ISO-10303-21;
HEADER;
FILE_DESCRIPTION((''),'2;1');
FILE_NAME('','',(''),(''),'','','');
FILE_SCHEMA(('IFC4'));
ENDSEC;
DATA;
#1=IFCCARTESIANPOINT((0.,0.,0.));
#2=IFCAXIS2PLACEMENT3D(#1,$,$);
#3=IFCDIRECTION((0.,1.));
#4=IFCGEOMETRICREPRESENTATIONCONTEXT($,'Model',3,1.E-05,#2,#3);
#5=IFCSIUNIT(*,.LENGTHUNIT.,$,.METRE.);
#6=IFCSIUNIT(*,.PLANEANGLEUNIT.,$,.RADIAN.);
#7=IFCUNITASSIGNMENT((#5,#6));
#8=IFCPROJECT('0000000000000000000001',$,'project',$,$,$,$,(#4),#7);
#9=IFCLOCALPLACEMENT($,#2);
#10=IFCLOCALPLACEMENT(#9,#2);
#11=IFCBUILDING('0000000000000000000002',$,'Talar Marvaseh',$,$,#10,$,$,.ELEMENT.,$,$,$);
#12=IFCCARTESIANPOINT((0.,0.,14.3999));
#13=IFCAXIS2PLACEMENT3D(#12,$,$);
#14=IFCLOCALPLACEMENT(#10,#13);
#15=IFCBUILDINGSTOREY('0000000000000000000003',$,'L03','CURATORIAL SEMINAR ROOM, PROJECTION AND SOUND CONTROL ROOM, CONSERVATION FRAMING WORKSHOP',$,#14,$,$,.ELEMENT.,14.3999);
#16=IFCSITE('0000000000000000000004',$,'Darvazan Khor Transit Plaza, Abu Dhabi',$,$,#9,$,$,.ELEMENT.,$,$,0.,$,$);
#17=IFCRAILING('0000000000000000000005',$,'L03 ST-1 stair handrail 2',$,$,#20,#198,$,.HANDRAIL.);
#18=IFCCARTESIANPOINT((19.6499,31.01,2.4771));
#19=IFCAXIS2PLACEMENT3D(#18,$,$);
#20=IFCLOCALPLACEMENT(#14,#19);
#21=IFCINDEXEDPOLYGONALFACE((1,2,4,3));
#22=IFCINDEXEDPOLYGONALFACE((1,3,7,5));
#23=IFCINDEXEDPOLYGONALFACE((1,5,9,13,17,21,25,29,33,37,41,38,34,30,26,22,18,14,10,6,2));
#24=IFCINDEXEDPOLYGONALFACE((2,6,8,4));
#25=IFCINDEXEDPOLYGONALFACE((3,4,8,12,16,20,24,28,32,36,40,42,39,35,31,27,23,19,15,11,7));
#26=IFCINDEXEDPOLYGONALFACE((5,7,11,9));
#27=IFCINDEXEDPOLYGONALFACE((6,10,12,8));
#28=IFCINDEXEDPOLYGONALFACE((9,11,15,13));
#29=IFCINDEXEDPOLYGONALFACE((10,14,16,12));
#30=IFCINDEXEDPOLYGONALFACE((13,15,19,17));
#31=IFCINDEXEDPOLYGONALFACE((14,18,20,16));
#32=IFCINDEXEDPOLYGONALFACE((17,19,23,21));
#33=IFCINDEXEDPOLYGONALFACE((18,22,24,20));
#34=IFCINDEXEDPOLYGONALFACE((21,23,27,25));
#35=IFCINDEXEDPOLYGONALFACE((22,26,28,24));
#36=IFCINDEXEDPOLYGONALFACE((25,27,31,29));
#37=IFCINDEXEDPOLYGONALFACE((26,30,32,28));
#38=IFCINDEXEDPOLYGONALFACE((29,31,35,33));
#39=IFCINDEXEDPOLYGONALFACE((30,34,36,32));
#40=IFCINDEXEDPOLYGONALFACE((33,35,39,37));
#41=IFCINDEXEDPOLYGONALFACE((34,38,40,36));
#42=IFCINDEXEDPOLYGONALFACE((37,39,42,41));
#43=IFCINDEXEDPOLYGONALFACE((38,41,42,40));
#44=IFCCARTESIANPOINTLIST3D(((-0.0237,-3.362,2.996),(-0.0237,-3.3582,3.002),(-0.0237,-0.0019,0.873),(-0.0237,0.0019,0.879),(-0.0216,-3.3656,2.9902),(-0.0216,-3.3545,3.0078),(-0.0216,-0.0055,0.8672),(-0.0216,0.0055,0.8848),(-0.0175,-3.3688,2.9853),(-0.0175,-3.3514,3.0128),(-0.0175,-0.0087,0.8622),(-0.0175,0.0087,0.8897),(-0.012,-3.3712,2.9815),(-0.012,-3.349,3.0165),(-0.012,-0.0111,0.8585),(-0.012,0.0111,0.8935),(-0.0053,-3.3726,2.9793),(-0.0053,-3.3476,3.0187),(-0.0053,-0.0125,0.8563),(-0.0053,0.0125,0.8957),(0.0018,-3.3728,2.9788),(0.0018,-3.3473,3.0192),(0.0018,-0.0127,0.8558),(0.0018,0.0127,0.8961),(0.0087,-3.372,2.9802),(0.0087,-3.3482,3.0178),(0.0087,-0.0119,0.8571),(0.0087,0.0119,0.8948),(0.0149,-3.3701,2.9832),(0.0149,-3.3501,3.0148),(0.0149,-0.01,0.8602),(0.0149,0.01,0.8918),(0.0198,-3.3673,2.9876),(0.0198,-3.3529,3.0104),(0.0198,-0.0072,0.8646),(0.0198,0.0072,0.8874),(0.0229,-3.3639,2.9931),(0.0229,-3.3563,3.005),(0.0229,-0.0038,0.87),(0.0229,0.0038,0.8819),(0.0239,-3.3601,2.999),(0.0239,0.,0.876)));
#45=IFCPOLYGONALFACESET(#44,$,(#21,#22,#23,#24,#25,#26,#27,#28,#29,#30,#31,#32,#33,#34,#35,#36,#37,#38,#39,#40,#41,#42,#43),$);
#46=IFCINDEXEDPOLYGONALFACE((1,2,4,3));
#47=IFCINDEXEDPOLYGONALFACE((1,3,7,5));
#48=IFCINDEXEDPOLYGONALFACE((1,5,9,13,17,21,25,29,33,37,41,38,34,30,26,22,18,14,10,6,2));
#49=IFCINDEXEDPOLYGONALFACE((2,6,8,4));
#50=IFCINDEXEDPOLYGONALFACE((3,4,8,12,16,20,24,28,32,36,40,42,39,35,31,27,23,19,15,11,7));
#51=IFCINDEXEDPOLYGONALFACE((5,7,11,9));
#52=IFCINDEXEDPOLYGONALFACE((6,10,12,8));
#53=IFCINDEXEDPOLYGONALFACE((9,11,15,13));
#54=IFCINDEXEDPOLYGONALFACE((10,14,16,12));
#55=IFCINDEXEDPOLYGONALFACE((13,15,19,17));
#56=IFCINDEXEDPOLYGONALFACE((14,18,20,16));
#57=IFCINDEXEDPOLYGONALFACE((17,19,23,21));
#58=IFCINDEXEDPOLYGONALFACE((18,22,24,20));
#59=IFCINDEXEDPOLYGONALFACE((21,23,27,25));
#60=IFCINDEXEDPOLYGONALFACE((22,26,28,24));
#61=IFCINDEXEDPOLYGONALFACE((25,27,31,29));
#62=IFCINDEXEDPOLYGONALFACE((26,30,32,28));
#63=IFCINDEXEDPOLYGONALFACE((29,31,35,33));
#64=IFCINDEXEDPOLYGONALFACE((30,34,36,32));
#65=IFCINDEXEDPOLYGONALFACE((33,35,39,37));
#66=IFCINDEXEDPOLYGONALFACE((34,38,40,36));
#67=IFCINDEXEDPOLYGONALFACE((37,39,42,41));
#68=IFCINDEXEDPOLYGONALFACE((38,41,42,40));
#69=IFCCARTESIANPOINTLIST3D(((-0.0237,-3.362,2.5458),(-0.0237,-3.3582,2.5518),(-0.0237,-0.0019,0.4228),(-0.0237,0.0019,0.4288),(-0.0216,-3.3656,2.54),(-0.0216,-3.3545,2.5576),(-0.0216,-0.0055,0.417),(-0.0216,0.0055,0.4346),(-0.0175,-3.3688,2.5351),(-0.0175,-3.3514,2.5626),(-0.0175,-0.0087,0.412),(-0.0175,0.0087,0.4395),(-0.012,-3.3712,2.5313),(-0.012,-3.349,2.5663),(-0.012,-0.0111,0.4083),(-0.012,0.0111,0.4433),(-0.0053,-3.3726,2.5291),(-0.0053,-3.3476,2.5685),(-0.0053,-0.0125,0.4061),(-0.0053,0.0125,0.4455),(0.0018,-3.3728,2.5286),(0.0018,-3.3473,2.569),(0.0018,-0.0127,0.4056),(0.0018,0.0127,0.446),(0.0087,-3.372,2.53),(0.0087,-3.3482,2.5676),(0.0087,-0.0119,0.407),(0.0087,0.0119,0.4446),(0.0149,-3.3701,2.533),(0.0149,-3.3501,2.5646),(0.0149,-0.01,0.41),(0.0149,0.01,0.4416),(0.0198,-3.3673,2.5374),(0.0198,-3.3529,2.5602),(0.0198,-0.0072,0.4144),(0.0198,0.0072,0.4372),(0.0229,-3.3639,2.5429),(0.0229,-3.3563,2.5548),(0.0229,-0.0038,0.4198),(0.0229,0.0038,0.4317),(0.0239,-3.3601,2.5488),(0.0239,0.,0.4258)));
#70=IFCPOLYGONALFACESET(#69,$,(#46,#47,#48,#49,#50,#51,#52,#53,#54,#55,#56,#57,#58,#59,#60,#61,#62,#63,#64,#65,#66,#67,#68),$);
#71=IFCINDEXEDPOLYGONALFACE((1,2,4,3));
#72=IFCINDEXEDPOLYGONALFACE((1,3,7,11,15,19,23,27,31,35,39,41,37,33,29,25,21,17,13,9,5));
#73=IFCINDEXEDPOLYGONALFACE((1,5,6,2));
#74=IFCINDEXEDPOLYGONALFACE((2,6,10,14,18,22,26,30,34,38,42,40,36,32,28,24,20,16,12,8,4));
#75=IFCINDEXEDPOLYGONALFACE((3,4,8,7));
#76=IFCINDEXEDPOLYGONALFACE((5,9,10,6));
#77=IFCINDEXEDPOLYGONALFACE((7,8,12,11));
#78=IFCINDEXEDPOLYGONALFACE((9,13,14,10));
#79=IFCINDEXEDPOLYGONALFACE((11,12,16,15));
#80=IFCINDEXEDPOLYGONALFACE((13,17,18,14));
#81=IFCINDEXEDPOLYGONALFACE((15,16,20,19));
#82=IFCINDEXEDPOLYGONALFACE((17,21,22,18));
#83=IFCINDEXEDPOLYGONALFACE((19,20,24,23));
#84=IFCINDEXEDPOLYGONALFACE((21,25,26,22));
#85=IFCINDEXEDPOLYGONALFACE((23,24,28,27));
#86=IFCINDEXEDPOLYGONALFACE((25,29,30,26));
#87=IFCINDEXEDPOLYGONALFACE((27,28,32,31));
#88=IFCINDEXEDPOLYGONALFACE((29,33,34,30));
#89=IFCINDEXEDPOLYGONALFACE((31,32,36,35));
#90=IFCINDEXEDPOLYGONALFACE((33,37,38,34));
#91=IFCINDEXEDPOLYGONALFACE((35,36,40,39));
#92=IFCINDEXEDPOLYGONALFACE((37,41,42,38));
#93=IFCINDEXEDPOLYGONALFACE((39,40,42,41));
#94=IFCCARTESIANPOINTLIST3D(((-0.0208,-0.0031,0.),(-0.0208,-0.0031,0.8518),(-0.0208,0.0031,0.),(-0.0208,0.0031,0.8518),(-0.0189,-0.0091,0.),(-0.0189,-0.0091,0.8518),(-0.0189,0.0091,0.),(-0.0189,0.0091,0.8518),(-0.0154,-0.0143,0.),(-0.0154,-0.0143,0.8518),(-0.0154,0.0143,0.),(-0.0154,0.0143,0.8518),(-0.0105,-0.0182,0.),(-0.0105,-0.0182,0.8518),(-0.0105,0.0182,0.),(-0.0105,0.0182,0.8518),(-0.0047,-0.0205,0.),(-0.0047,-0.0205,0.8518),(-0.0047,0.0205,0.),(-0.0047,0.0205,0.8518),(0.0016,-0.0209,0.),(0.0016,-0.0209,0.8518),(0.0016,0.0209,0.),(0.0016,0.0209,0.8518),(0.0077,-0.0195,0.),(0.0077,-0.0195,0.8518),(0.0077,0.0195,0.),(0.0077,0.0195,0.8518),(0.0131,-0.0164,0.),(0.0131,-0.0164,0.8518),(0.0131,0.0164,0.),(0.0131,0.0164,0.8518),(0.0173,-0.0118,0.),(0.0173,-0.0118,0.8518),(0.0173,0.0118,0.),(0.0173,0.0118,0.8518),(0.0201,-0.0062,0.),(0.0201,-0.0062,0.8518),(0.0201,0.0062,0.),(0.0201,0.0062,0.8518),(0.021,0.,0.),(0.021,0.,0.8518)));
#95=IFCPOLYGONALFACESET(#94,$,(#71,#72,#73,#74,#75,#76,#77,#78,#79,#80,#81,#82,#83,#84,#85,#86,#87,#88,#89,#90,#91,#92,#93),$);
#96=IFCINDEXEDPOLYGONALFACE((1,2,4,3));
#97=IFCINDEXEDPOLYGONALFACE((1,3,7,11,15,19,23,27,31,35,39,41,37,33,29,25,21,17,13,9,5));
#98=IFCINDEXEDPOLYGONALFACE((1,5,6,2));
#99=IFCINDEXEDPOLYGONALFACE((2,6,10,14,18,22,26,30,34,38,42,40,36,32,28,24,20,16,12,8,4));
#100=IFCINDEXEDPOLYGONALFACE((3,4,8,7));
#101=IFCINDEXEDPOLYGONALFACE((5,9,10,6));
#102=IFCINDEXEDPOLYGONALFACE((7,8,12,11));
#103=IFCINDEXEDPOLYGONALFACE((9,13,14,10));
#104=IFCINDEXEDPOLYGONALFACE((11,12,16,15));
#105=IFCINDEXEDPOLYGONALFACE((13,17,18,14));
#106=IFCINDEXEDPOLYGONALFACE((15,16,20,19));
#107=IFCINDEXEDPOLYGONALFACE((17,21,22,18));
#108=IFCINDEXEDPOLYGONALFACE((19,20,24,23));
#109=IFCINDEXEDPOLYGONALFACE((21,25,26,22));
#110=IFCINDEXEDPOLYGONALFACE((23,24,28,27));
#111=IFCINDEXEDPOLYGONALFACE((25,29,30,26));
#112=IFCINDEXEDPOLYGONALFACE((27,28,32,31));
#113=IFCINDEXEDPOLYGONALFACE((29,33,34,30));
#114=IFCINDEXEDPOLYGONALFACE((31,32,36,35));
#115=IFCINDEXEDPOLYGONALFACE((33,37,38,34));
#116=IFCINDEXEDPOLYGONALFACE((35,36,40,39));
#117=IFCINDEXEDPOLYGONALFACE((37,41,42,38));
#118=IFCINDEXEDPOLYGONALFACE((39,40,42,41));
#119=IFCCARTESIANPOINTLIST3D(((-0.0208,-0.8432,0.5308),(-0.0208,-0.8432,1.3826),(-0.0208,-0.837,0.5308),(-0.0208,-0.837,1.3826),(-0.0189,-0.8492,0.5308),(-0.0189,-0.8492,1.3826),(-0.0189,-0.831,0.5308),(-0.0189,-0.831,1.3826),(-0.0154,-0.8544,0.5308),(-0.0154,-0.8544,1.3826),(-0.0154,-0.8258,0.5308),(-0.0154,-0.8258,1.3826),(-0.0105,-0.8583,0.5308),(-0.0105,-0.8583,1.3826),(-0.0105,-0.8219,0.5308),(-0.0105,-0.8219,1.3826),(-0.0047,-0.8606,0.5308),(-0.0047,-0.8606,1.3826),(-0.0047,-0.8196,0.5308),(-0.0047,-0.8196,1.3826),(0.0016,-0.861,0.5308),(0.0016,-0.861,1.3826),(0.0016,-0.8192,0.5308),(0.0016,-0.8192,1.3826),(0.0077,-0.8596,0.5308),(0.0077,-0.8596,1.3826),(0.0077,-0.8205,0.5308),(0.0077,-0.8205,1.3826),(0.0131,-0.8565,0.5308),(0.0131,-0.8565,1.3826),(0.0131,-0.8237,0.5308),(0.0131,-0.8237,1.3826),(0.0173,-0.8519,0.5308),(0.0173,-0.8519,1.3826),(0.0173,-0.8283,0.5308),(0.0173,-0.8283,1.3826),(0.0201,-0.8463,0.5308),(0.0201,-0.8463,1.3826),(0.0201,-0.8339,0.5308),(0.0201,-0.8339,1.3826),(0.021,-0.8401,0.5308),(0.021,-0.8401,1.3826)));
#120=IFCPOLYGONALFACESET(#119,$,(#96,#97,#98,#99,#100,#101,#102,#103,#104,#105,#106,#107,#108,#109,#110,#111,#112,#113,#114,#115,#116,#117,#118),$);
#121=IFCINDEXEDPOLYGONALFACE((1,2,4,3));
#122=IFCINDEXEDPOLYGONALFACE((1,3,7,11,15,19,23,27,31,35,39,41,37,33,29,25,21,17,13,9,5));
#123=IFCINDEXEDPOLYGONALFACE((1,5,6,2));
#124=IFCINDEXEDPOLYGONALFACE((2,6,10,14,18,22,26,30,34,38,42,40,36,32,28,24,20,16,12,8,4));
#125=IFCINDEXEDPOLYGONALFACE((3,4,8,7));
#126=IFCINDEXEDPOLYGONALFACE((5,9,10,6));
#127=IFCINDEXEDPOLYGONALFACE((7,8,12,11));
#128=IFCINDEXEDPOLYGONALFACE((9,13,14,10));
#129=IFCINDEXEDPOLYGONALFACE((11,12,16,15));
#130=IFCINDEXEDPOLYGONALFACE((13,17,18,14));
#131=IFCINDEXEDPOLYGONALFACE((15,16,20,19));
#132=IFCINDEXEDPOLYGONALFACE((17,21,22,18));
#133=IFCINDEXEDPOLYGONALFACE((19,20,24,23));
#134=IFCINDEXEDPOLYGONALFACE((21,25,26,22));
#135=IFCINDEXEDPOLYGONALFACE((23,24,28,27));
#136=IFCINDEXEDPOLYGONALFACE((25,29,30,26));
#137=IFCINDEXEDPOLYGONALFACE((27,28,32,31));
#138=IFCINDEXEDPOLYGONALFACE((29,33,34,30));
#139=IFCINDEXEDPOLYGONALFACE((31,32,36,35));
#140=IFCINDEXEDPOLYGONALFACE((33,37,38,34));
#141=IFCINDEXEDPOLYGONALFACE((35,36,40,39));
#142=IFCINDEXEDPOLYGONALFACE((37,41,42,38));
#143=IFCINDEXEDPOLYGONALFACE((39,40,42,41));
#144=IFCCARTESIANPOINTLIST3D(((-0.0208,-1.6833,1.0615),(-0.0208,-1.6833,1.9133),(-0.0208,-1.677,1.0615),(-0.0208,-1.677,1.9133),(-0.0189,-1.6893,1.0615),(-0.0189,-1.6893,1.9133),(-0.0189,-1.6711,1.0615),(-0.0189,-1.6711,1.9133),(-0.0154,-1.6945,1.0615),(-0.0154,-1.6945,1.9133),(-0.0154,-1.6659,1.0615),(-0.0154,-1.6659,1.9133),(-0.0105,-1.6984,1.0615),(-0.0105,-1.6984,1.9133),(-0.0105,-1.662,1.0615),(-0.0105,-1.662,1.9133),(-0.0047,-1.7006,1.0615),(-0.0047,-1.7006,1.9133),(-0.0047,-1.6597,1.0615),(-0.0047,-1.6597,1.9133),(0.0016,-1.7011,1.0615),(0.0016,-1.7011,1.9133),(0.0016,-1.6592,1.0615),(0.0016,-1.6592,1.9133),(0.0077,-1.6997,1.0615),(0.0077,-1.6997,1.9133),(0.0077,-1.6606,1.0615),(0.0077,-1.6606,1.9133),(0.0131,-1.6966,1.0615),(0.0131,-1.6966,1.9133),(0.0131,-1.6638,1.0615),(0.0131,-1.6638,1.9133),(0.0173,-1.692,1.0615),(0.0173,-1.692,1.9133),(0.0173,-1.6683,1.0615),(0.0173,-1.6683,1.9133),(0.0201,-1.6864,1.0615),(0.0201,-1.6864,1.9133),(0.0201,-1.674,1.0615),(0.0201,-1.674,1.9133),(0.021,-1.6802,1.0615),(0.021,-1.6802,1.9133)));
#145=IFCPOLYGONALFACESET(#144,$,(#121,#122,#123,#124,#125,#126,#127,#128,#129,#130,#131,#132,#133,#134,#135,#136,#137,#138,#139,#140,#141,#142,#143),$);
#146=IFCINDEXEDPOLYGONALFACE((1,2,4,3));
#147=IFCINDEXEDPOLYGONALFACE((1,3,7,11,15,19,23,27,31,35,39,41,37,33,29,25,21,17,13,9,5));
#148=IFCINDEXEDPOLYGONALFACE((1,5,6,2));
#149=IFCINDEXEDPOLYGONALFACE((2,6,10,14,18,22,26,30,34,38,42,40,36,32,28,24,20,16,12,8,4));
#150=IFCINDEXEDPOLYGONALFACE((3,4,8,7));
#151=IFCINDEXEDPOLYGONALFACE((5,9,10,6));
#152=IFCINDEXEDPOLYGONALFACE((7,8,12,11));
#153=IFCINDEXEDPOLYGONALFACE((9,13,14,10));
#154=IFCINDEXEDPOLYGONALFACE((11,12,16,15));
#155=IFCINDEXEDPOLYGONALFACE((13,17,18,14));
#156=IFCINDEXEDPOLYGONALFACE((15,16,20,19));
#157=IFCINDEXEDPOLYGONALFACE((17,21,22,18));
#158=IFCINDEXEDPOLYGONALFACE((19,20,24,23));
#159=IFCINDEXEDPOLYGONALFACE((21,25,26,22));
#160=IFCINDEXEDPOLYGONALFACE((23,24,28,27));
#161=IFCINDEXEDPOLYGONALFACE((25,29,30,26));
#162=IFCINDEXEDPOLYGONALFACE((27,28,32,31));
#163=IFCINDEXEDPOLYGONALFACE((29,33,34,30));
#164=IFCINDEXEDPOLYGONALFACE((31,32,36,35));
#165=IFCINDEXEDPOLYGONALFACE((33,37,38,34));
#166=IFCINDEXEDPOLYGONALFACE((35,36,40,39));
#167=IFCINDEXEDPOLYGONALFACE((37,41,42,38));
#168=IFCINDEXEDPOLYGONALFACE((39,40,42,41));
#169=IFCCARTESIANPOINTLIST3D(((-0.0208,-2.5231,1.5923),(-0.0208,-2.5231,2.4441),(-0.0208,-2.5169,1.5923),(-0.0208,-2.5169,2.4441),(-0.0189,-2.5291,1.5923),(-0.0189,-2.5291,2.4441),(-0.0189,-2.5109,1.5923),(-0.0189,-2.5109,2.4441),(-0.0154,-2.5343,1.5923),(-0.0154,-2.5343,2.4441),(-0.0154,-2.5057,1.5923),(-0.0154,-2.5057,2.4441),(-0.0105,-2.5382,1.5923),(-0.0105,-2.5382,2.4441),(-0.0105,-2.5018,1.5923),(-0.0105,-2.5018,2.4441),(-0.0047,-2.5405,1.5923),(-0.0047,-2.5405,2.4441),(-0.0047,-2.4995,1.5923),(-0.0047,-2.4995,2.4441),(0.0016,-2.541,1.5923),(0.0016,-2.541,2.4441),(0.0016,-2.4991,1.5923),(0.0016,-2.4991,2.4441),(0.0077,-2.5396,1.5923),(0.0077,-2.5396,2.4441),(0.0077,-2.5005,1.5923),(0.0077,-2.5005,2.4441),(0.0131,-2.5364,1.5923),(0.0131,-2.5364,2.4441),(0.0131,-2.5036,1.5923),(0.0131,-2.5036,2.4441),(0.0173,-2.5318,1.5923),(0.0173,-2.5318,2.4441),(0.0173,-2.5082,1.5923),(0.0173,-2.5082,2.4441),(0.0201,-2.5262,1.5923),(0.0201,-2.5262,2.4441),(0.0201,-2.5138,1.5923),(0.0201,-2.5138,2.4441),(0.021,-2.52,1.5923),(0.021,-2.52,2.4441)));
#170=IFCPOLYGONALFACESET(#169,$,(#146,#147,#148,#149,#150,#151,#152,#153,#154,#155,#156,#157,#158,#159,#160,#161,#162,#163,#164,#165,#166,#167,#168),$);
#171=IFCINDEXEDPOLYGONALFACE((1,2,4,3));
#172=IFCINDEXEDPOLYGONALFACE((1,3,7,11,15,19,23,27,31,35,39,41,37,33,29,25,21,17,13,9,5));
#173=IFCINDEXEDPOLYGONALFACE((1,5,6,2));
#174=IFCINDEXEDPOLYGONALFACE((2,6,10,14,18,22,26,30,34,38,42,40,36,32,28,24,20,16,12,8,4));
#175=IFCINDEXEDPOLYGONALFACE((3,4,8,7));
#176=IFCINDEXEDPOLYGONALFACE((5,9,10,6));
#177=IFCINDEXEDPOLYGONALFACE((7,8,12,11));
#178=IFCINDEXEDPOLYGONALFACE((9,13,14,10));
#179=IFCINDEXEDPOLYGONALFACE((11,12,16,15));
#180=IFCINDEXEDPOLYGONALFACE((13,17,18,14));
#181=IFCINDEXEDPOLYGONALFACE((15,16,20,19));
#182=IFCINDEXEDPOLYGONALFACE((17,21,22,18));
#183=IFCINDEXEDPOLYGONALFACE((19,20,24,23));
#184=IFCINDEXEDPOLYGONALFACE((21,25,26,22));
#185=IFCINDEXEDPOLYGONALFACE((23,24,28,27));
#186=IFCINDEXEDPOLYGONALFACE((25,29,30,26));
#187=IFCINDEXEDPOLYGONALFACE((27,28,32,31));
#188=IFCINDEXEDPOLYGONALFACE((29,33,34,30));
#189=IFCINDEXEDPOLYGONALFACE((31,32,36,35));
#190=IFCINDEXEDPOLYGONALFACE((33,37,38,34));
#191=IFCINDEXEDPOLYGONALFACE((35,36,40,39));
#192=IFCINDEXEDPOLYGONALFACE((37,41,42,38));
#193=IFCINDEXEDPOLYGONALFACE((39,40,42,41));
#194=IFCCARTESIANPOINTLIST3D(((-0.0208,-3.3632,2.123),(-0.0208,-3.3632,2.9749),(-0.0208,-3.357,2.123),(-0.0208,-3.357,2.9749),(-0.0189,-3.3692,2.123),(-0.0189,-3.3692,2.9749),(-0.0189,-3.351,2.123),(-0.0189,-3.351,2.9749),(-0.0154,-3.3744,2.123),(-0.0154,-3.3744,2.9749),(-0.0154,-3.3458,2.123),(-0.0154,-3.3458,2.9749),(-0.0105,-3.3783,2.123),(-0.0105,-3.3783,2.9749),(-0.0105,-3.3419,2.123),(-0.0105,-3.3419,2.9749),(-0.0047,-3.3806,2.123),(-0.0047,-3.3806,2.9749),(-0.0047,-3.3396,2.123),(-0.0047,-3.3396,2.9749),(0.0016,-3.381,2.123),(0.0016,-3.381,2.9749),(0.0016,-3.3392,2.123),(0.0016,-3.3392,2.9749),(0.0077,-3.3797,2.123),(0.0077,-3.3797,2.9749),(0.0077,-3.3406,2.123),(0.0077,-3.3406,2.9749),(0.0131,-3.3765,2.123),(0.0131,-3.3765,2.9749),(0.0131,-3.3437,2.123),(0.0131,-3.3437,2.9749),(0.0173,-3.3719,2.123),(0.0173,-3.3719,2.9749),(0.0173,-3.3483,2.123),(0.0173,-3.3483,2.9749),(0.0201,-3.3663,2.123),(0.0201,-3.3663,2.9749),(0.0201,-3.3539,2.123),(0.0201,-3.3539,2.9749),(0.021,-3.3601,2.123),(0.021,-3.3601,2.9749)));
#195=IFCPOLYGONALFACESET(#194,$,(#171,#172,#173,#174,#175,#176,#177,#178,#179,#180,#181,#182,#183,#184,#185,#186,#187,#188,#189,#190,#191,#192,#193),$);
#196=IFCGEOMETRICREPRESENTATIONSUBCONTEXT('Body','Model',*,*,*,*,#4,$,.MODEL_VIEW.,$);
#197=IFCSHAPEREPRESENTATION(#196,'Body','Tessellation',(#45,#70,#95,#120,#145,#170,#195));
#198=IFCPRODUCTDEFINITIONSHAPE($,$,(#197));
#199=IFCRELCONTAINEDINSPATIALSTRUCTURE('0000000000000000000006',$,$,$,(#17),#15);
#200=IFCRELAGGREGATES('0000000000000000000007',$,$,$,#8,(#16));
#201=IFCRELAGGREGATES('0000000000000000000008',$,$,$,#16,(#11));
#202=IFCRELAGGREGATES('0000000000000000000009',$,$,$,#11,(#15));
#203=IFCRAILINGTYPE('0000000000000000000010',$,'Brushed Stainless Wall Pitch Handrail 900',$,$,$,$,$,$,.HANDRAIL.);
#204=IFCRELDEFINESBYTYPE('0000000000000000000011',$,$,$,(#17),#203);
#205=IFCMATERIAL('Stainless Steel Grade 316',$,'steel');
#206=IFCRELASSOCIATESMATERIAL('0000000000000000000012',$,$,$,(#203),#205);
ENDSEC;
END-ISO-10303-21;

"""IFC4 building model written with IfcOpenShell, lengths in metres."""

from ifc_helpers import new_model, si_unit, direction, frame, origin, origin_2d, place, context, subcontext, project, spatial, circle, extrude, material, type_object, element, save


model = new_model("IFC4")

# Units and contexts
model_context = context("Model", 3, precision=1e-05, world=origin(), true_north=direction((0.0, 1.0)))
body_context = subcontext(model_context, "Body", "Model", "MODEL_VIEW")
ifc_project = project(units=[si_unit("LENGTHUNIT", "METRE"), si_unit("PLANEANGLEUNIT", "RADIAN")], contexts=[model_context])

# Site, building, storey
site_placement = place(None, origin())
site = spatial("IfcSite", under=ifc_project, at=site_placement, Name="Darvazan Khor Transit Plaza, Abu Dhabi", CompositionType="ELEMENT", RefElevation=0.0)
building_placement = place(site_placement, origin())
building = spatial("IfcBuilding", under=site, at=building_placement, Name="Talar Marvaseh", CompositionType="ELEMENT")
storey_placement = place(building_placement, frame((0.0, 0.0, 14.3999)))
storey = spatial("IfcBuildingStorey", under=building, at=storey_placement, Name="L03", Description="CURATORIAL SEMINAR ROOM, PROJECTION AND SOUND CONTROL ROOM, CONSERVATION FRAMING WORKSHOP", CompositionType="ELEMENT", Elevation=14.3999)

# Railing
ifc_material_1 = material(Name="Stainless Steel Grade 316", Category="steel")
railing_type_1 = type_object("IfcRailingType", Name="Brushed Stainless Wall Pitch Handrail 900", PredefinedType="HANDRAIL", material=ifc_material_1)
railing_1_placement = place(storey_placement, frame((19.6499, 31.01, 2.4771)))
element("IfcRailing", 1, at=railing_1_placement, inside=storey, type_object=railing_type_1, Name="L03 ST-1 stair handrail 2", PredefinedType="HANDRAIL", context=body_context, shape_type="SweptSolid", body=[
    extrude(circle(Radius=0.0239, at=origin_2d()), frame((0.0, 0.0, 0.876), z_axis=(0.0, -0.84539, 0.53415), x_axis=(1.0, 0.0, 0.0)), (0.0, 0.0, 1.0), 3.9746),
    extrude(circle(Radius=0.0239, at=origin_2d()), frame((0.0, 0.0, 0.4258), z_axis=(0.0, -0.84539, 0.53415), x_axis=(1.0, 0.0, 0.0)), (0.0, 0.0, 1.0), 3.9746),
    extrude(circle(Radius=0.021, at=origin_2d()), origin(), (0.0, 0.0, 1.0), 0.8518),
    extrude(circle(Radius=0.021, at=origin_2d()), frame((0.0, -0.8401, 0.5308)), (0.0, 0.0, 1.0), 0.8518),
    extrude(circle(Radius=0.021, at=origin_2d()), frame((0.0, -1.6802, 1.0615)), (0.0, 0.0, 1.0), 0.8518),
    extrude(circle(Radius=0.021, at=origin_2d()), frame((0.0, -2.52, 1.5923)), (0.0, 0.0, 1.0), 0.8518),
    extrude(circle(Radius=0.021, at=origin_2d()), frame((0.0, -3.3601, 2.123)), (0.0, 0.0, 1.0), 0.8518),
])

save(model, "model.ifc")
